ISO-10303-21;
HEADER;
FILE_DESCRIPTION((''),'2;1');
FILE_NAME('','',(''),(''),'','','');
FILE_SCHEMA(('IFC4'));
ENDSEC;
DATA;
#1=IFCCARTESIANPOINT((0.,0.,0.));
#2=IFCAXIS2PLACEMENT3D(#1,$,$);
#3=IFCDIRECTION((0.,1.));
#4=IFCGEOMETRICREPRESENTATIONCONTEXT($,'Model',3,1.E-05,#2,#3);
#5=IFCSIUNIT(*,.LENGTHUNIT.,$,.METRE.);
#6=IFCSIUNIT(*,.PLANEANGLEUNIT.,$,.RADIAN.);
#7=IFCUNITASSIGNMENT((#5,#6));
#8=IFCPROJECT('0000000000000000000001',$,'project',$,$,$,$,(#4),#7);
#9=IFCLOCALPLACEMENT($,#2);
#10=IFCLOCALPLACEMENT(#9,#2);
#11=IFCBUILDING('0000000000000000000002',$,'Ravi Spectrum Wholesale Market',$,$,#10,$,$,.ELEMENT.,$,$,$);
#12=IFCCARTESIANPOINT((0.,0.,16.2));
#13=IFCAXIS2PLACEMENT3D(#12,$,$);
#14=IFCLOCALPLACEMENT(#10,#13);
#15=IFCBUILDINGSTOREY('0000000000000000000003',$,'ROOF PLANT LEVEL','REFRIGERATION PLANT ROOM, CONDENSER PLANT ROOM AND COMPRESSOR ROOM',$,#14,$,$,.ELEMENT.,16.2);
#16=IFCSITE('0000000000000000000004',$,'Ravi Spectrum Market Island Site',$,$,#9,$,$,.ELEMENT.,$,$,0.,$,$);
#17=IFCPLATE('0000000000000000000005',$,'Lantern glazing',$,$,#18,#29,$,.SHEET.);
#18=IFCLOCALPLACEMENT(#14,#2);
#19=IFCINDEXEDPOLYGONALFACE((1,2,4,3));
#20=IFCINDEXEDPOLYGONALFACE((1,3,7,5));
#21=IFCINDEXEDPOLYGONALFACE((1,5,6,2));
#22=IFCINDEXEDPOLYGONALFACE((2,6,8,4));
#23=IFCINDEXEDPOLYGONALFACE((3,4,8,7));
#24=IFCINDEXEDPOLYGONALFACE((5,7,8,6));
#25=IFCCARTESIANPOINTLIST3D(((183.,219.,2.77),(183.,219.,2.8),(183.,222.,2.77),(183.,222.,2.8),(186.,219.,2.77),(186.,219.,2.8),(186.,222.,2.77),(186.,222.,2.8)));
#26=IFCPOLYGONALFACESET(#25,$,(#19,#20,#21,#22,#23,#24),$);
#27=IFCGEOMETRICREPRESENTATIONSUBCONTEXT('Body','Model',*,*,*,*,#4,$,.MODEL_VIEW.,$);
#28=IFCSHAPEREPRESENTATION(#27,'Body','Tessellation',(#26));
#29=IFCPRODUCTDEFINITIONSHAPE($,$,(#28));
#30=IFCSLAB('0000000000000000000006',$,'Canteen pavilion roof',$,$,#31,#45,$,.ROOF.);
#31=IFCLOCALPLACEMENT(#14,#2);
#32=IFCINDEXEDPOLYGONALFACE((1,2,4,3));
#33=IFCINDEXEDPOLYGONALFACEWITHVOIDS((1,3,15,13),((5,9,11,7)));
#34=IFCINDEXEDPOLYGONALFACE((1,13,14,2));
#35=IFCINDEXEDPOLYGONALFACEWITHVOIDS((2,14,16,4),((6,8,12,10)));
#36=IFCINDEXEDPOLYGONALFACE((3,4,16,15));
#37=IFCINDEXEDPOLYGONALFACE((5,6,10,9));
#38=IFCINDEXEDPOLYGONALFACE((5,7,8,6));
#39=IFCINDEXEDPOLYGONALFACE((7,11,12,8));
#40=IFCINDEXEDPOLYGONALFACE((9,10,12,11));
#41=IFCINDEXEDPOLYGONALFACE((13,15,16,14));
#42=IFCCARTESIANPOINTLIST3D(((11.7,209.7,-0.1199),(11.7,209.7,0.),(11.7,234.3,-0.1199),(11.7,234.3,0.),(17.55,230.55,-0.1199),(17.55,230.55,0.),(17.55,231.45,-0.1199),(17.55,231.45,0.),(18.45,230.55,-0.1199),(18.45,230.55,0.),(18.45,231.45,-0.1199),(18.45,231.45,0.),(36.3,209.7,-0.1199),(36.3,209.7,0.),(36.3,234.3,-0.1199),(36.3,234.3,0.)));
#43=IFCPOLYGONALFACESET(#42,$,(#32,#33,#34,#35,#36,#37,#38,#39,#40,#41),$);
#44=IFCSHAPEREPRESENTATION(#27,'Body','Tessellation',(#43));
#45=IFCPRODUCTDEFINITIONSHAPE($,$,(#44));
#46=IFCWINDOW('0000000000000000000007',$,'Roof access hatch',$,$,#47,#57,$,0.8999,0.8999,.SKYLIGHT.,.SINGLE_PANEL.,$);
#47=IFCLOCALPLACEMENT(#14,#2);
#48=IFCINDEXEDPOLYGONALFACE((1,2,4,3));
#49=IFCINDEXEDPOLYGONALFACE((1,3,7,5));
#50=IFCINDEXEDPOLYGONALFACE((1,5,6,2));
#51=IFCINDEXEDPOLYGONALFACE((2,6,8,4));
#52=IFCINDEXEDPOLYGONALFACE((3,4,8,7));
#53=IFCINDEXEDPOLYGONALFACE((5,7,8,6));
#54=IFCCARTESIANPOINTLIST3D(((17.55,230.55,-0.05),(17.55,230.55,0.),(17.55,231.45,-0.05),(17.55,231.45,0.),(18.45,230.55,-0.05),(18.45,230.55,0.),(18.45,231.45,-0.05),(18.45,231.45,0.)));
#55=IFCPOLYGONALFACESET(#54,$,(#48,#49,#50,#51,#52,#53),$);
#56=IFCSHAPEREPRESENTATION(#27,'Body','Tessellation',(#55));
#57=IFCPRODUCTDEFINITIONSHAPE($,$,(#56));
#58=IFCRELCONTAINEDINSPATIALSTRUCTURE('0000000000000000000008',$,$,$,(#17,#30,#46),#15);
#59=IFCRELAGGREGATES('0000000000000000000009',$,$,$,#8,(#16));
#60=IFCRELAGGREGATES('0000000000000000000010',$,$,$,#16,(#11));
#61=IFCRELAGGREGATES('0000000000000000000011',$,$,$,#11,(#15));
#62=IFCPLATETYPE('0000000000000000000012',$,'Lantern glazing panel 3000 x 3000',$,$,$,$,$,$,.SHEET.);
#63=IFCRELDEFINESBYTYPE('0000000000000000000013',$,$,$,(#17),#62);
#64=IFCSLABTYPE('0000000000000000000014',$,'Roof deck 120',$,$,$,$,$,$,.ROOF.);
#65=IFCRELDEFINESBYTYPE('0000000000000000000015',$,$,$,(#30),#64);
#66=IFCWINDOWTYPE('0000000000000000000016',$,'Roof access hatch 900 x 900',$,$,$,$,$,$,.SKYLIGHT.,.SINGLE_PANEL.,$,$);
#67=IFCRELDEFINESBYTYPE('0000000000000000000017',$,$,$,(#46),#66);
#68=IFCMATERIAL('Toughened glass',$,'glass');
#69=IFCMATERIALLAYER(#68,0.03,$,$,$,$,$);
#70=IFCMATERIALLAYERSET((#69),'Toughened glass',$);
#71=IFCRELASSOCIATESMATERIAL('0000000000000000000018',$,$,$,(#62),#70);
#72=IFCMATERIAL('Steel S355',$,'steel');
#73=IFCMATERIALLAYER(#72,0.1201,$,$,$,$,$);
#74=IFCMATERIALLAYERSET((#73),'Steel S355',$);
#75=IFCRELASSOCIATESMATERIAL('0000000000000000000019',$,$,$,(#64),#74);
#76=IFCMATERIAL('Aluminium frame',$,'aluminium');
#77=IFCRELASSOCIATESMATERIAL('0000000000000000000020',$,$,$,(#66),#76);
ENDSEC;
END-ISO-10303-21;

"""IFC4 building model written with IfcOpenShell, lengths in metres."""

from ifc_helpers import new_model, si_unit, direction, frame, origin, origin_2d, place, context, subcontext, project, spatial, polyline, rectangle, outline, extrude, material, layer, layer_set, type_object, element, fill, save


model = new_model("IFC4")

# Units and contexts
model_context = context("Model", 3, precision=1e-05, world=origin(), true_north=direction((0.0, 1.0)))
body_context = subcontext(model_context, "Body", "Model", "MODEL_VIEW")
ifc_project = project(units=[si_unit("LENGTHUNIT", "METRE"), si_unit("PLANEANGLEUNIT", "RADIAN")], contexts=[model_context])

# Site, building, storey
site_placement = place(None, origin())
site = spatial("IfcSite", under=ifc_project, at=site_placement, Name="Ravi Spectrum Market Island Site", CompositionType="ELEMENT", RefElevation=0.0)
building_placement = place(site_placement, origin())
building = spatial("IfcBuilding", under=site, at=building_placement, Name="Ravi Spectrum Wholesale Market", CompositionType="ELEMENT")
storey_placement = place(building_placement, frame((0.0, 0.0, 16.2)))
storey = spatial("IfcBuildingStorey", under=building, at=storey_placement, Name="ROOF PLANT LEVEL", Description="REFRIGERATION PLANT ROOM, CONDENSER PLANT ROOM AND COMPRESSOR ROOM", CompositionType="ELEMENT", Elevation=16.2)

# Plate
ifc_material_1 = material(Name="Toughened glass", Category="glass")
ifc_layer_1 = layer(ifc_material_1, 0.03)
ifc_layer_set_1 = layer_set([ifc_layer_1], Name="Toughened glass")
plate_type = type_object("IfcPlateType", Name="Lantern glazing panel 3000 x 3000", PredefinedType="SHEET", material=ifc_layer_set_1)
plate_1_placement = place(storey_placement, frame((0.0, 0.0, 2.77)))
element("IfcPlate", 1, at=plate_1_placement, inside=storey, type_object=plate_type, Name="Lantern glazing", PredefinedType="SHEET", context=body_context, shape_type="SweptSolid", body=[
    extrude(outline(polyline([(183.0, 219.0), (186.0, 219.0), (186.0, 222.0), (183.0, 222.0), (183.0, 219.0)])), origin(), (0.0, 0.0, 1.0), 0.03),
])

# Slab, opening, window
ifc_material_2 = material(Name="Steel S355", Category="steel")
ifc_layer_2 = layer(ifc_material_2, 0.1201)
ifc_layer_set_2 = layer_set([ifc_layer_2], Name="Steel S355")
slab_type_1 = type_object("IfcSlabType", Name="Roof deck 120", PredefinedType="ROOF", material=ifc_layer_set_2)
slab_1_placement = place(storey_placement, frame((0.0, 0.0, -0.1199)))
slab_1 = element("IfcSlab", 2, at=slab_1_placement, inside=storey, type_object=slab_type_1, Name="Canteen pavilion roof", PredefinedType="ROOF", context=body_context, shape_type="SweptSolid", body=[
    extrude(outline(polyline([(36.3, 209.7), (36.3, 234.3), (11.7, 234.3), (11.7, 209.7), (36.3, 209.7)])), origin(), (0.0, 0.0, 1.0), 0.1199),
])
opening_placement = place(slab_1_placement, frame((18.0, 231.0, 0.0)))
opening = element("IfcOpeningElement", 3, at=opening_placement, cuts=slab_1, PredefinedType="OPENING", context=body_context, shape_type="SweptSolid", body=[
    extrude(rectangle(XDim=0.8999, YDim=0.8999, at=origin_2d()), origin(), (0.0, 0.0, 1.0), 0.1199),
])
ifc_material_3 = material(Name="Aluminium frame", Category="aluminium")
window_type = type_object("IfcWindowType", Name="Roof access hatch 900 x 900", PartitioningType="SINGLE_PANEL", PredefinedType="SKYLIGHT", material=ifc_material_3)
window_placement = place(opening_placement, frame((0.0, 0.0, 0.0698)))
window = element("IfcWindow", 4, at=window_placement, inside=storey, type_object=window_type, Name="Roof access hatch", OverallHeight=0.8999, OverallWidth=0.8999, PartitioningType="SINGLE_PANEL", PredefinedType="SKYLIGHT", context=body_context, shape_type="SweptSolid", body=[
    extrude(rectangle(XDim=0.8999, YDim=0.8999, at=origin_2d()), origin(), (0.0, 0.0, 1.0), 0.05),
])
fill(opening, window)

save(model, "model.ifc")
